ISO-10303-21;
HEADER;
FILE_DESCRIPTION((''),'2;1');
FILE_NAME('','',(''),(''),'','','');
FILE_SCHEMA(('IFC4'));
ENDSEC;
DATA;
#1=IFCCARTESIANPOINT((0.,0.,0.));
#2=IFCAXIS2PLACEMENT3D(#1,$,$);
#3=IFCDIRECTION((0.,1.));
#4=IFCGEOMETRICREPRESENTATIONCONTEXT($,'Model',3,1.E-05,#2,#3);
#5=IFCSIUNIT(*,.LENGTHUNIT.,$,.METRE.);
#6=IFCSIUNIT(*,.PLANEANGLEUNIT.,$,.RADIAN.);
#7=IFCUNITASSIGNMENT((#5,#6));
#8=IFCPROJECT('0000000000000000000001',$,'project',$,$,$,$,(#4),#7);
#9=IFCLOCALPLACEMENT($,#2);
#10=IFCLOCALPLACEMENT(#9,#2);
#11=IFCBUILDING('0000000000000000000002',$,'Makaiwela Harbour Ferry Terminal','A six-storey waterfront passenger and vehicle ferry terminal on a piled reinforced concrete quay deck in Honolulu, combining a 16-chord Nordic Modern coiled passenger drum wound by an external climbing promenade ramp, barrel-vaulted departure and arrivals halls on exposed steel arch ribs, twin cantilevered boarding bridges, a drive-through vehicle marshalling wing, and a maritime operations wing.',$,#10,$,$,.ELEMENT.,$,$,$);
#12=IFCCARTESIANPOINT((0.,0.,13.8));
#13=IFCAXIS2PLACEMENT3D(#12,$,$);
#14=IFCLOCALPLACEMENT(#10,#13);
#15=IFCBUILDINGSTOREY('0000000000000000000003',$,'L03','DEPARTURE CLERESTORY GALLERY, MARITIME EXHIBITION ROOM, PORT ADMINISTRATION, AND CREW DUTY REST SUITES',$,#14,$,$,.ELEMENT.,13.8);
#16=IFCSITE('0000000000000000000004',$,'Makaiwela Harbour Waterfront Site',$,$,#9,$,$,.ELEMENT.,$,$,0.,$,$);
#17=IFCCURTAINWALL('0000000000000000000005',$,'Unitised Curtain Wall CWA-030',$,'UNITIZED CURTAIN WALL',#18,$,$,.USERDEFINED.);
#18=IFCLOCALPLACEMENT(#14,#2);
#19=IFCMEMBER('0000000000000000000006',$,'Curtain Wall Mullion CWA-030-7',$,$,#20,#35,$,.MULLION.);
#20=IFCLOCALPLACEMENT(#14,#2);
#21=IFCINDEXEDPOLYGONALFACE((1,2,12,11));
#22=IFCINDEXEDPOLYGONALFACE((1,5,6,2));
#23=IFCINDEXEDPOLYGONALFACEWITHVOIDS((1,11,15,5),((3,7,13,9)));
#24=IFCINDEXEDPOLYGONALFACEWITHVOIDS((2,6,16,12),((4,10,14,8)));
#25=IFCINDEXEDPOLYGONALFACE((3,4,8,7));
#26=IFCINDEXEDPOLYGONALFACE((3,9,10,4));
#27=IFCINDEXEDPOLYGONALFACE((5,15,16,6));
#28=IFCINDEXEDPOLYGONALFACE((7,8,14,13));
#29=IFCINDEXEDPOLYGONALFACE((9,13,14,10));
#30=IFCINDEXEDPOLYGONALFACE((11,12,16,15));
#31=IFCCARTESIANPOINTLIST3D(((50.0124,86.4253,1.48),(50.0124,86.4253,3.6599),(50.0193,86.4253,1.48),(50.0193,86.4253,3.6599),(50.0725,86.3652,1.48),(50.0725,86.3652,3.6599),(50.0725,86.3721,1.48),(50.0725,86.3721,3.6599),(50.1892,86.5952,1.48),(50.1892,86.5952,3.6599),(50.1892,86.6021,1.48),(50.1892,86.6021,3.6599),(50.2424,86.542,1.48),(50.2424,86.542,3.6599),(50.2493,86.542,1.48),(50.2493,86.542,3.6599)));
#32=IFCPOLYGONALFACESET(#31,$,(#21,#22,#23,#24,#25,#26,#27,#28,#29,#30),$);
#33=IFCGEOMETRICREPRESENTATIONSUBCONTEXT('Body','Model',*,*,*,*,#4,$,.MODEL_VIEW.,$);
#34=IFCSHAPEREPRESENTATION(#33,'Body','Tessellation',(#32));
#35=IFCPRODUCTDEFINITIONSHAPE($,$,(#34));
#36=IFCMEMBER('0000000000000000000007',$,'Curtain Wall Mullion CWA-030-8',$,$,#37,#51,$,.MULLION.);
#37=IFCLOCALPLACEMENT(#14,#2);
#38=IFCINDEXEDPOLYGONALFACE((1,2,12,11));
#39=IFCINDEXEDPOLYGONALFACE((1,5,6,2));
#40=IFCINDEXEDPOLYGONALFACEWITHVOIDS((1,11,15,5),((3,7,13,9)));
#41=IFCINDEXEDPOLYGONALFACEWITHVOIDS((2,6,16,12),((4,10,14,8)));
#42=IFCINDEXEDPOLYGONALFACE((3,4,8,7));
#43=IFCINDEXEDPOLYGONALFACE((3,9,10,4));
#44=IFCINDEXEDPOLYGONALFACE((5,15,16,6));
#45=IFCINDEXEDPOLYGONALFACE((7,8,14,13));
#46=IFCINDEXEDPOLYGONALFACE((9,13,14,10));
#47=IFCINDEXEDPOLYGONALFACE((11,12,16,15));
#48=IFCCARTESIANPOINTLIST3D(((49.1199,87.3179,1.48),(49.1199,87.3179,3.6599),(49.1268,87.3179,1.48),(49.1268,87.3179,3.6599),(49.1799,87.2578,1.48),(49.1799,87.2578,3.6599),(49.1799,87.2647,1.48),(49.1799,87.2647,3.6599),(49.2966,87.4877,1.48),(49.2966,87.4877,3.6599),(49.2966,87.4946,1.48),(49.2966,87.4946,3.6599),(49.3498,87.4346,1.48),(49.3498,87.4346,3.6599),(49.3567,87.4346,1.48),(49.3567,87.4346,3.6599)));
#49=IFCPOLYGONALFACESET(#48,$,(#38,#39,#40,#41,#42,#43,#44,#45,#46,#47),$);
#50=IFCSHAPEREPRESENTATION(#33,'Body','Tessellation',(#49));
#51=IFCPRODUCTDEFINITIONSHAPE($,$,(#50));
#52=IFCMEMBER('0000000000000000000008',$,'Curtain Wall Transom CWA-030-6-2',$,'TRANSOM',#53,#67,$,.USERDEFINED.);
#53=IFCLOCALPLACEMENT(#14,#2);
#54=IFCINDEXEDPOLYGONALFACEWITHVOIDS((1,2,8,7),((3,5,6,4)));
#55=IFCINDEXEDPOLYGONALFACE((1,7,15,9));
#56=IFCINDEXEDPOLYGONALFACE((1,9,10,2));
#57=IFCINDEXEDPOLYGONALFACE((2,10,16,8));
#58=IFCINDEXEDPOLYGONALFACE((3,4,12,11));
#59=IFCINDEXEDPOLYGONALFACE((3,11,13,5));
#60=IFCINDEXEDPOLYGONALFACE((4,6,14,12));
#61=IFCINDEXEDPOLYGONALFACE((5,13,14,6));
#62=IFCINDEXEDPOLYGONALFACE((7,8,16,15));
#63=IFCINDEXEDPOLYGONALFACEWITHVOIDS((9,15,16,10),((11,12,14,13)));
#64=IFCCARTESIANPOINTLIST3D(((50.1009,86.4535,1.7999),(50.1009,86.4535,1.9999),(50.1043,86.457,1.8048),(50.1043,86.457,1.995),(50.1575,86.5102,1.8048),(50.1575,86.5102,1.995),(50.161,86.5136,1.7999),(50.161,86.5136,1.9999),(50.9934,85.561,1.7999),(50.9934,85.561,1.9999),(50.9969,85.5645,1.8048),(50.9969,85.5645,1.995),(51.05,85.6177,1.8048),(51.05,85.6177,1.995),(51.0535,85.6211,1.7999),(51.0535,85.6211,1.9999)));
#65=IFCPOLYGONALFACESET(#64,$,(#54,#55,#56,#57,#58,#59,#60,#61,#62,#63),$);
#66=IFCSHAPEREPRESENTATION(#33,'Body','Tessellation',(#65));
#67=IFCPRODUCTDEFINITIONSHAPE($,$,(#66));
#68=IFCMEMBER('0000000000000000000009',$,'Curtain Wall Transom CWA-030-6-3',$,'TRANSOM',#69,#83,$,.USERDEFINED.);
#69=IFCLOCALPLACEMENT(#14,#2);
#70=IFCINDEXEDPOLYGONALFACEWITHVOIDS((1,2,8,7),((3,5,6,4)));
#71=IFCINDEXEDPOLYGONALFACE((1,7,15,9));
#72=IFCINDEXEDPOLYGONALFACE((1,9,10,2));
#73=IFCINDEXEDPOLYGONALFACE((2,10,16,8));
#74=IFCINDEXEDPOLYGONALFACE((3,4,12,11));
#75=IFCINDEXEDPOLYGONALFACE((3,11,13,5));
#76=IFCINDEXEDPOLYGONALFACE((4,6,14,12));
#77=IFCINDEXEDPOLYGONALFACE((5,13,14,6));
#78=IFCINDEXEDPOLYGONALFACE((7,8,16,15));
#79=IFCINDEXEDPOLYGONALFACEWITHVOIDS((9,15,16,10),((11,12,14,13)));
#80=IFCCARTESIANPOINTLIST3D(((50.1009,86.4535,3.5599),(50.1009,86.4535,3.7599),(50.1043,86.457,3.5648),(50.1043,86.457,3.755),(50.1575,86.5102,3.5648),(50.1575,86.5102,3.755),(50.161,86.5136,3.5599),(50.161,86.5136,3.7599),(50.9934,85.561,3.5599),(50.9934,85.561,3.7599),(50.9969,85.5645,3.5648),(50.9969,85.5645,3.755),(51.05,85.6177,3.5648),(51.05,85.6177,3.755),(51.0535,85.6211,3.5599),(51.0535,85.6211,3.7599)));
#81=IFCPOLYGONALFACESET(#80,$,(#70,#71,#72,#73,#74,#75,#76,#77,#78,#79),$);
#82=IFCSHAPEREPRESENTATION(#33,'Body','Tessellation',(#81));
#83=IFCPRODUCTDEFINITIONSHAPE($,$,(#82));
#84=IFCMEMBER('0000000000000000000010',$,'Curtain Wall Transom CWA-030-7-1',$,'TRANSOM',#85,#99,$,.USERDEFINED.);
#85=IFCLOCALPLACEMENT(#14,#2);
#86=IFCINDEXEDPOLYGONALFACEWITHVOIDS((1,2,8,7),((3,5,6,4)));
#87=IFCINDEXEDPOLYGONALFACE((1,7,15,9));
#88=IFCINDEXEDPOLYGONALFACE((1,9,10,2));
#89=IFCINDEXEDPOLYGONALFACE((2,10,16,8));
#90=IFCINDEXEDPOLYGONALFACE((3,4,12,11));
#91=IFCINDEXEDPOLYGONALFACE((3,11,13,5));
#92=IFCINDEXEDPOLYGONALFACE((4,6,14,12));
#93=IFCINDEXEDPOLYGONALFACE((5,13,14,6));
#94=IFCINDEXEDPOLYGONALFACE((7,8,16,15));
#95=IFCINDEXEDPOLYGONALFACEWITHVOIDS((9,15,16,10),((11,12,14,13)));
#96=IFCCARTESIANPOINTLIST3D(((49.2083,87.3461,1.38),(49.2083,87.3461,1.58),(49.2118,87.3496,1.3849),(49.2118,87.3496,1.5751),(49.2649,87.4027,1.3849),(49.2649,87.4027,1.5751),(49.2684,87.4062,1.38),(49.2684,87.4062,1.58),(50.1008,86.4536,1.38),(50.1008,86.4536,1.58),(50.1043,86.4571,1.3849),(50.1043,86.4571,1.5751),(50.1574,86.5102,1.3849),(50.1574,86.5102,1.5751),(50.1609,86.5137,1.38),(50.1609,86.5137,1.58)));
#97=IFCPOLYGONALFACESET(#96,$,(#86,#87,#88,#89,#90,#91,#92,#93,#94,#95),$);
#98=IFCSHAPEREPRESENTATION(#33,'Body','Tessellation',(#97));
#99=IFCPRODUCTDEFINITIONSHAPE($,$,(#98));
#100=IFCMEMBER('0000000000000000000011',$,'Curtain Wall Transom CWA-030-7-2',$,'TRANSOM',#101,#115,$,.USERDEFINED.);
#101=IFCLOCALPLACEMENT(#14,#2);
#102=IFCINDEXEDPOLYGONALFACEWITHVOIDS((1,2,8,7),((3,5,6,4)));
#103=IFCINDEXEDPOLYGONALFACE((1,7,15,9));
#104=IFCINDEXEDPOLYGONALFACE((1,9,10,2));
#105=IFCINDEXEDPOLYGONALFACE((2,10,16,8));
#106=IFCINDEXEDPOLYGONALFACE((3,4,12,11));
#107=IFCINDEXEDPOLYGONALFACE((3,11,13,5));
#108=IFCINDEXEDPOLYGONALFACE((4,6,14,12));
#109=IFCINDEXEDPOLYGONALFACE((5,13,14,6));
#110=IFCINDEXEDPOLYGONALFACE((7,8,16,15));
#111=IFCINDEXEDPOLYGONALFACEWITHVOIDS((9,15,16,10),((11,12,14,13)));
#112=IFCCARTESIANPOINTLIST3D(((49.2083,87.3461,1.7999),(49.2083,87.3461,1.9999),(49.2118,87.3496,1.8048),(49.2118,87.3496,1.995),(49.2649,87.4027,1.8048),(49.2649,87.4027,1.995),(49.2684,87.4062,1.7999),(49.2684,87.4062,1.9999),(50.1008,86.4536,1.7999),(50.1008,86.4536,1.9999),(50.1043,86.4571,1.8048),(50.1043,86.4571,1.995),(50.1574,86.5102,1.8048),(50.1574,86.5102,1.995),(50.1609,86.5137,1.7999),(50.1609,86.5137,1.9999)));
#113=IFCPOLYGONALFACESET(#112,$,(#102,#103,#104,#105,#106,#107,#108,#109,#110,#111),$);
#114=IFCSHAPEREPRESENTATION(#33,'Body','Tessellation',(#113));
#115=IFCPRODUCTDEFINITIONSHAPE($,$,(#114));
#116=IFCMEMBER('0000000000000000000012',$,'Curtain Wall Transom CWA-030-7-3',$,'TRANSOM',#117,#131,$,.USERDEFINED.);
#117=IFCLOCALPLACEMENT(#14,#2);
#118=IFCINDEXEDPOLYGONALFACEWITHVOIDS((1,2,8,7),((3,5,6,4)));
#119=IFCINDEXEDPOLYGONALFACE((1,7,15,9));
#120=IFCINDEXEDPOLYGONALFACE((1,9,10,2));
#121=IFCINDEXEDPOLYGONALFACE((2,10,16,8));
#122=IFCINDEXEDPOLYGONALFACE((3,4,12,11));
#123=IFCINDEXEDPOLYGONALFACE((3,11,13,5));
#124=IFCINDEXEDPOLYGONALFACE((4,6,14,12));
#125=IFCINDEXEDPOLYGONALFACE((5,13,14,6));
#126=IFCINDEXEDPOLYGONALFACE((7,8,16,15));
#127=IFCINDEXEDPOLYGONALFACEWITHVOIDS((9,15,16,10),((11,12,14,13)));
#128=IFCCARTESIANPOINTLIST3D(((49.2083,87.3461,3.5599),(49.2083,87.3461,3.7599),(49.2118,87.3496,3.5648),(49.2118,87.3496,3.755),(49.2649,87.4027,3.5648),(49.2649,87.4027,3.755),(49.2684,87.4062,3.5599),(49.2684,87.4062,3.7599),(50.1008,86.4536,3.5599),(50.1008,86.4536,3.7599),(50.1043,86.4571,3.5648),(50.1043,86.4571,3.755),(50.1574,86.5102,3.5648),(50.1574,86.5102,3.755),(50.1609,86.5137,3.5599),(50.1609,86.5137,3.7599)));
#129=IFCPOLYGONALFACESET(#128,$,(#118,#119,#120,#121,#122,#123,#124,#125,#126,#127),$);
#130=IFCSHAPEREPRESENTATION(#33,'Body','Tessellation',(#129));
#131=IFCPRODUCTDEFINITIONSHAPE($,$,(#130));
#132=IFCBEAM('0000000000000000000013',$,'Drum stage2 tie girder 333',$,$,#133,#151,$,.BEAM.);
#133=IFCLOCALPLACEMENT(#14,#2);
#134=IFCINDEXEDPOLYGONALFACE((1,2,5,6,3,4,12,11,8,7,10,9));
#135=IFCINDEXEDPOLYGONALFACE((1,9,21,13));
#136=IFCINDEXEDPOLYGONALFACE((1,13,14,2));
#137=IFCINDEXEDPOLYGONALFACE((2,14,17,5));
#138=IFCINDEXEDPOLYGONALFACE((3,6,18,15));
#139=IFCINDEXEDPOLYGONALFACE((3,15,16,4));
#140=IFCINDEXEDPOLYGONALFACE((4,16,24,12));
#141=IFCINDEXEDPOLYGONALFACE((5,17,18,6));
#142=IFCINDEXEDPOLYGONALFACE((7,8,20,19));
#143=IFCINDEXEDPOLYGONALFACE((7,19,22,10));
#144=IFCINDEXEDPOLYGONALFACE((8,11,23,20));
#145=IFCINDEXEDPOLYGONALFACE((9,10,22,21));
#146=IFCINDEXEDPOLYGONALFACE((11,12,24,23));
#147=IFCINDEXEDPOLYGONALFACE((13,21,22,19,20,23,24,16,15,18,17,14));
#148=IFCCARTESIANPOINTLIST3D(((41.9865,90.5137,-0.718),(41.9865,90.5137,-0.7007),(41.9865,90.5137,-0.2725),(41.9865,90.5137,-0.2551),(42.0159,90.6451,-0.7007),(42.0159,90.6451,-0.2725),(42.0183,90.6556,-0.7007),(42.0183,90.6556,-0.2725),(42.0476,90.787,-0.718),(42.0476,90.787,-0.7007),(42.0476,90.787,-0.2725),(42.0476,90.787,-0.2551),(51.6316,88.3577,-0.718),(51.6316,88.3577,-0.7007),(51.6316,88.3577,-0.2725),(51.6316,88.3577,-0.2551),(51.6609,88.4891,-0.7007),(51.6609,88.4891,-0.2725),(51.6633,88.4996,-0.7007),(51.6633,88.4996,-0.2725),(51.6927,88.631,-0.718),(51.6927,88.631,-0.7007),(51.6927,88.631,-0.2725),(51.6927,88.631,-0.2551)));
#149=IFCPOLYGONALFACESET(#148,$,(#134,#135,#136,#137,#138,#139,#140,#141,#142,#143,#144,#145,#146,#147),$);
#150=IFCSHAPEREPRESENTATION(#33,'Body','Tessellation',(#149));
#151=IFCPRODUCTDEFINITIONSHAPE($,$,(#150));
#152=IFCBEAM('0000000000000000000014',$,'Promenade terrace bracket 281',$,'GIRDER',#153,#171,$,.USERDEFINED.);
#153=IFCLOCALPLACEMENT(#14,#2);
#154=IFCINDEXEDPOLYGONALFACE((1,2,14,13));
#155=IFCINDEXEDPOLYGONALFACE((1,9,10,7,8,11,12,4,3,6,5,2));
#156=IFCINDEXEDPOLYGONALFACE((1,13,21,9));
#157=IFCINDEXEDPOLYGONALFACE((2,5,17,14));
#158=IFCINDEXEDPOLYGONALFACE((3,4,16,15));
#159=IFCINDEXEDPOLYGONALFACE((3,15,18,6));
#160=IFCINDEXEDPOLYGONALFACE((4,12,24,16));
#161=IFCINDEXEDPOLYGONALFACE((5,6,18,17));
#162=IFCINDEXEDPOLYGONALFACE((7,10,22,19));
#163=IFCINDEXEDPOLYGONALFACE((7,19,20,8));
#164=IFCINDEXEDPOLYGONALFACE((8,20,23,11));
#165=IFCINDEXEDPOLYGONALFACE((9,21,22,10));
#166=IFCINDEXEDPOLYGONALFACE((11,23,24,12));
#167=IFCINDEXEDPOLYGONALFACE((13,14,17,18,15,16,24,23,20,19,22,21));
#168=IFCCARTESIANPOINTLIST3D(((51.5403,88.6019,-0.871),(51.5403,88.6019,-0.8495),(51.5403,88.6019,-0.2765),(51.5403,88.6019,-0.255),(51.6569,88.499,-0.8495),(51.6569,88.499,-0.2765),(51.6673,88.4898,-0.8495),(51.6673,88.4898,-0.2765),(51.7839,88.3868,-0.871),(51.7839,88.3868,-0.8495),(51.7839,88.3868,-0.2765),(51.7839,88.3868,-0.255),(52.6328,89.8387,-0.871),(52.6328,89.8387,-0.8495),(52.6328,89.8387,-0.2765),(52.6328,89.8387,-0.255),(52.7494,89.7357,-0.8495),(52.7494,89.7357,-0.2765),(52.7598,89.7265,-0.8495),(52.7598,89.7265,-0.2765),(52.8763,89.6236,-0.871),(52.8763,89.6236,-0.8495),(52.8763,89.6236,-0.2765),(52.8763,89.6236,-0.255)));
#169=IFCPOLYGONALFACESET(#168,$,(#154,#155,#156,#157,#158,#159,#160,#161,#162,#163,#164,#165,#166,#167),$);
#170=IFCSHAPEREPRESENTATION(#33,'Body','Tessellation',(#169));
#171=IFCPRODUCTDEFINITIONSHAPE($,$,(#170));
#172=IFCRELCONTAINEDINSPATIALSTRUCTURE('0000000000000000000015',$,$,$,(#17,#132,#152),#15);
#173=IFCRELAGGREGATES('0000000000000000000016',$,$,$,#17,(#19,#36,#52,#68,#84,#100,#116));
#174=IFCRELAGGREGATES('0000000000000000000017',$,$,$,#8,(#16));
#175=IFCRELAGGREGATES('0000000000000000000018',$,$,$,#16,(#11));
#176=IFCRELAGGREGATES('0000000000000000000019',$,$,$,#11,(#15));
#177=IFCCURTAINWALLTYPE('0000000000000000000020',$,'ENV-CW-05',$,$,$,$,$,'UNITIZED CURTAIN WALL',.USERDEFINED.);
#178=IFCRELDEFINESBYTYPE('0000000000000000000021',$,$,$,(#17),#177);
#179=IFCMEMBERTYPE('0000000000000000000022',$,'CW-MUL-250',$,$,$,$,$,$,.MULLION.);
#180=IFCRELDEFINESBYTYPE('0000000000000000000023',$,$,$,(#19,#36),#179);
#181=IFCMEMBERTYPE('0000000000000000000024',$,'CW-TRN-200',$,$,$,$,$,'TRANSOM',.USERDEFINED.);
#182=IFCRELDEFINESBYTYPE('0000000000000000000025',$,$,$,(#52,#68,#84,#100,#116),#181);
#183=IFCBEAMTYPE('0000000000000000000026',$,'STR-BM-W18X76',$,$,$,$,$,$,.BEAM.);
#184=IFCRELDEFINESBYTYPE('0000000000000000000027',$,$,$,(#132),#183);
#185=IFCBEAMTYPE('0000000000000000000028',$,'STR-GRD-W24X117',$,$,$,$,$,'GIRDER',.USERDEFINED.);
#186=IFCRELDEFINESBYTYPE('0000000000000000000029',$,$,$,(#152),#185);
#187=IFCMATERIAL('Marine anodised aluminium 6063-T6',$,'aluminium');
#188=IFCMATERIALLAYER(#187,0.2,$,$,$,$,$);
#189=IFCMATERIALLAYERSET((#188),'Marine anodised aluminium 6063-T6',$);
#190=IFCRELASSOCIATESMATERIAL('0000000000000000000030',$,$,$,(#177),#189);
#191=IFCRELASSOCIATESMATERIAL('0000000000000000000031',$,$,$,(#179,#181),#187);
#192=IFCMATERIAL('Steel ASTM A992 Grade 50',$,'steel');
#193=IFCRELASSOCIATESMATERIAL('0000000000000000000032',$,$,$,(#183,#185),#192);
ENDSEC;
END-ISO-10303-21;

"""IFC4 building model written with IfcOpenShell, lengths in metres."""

from ifc_helpers import new_model, si_unit, direction, frame, origin, origin_2d, place, context, subcontext, project, spatial, hollow_rectangle, i_section, extrude, material, layer, layer_set, material_profile, profile_set, type_object, element, aggregate, save


model = new_model("IFC4")

# Units and contexts
model_context = context("Model", 3, precision=1e-05, world=origin(), true_north=direction((0.0, 1.0)))
body_context = subcontext(model_context, "Body", "Model", "MODEL_VIEW")
ifc_project = project(units=[si_unit("LENGTHUNIT", "METRE"), si_unit("PLANEANGLEUNIT", "RADIAN")], contexts=[model_context])

# Site, building, storey
site_placement = place(None, origin())
site = spatial("IfcSite", under=ifc_project, at=site_placement, Name="Makaiwela Harbour Waterfront Site", CompositionType="ELEMENT", RefElevation=0.0)
building_placement = place(site_placement, origin())
building = spatial("IfcBuilding", under=site, at=building_placement, Name="Makaiwela Harbour Ferry Terminal", Description="A six-storey waterfront passenger and vehicle ferry terminal on a piled reinforced concrete quay deck in Honolulu, combining a 16-chord Nordic Modern coiled passenger drum wound by an external climbing promenade ramp, barrel-vaulted departure and arrivals halls on exposed steel arch ribs, twin cantilevered boarding bridges, a drive-through vehicle marshalling wing, and a maritime operations wing.", CompositionType="ELEMENT")
storey_placement = place(building_placement, frame((0.0, 0.0, 13.8)))
storey = spatial("IfcBuildingStorey", under=building, at=storey_placement, Name="L03", Description="DEPARTURE CLERESTORY GALLERY, MARITIME EXHIBITION ROOM, PORT ADMINISTRATION, AND CREW DUTY REST SUITES", CompositionType="ELEMENT", Elevation=13.8)

# Curtain wall, members
ifc_material_1 = material(Name="Marine anodised aluminium 6063-T6", Category="aluminium")
ifc_layer_1 = layer(ifc_material_1, 0.2)
ifc_layer_set_1 = layer_set([ifc_layer_1], Name="Marine anodised aluminium 6063-T6")
curtain_wall_type = type_object("IfcCurtainWallType", Name="ENV-CW-05", ElementType="UNITIZED CURTAIN WALL", PredefinedType="USERDEFINED", material=ifc_layer_set_1)
curtain_wall_placement = place(storey_placement, origin())
curtain_wall = element("IfcCurtainWall", 1, at=curtain_wall_placement, inside=storey, type_object=curtain_wall_type, Name="Unitised Curtain Wall CWA-030", ObjectType="UNITIZED CURTAIN WALL", PredefinedType="USERDEFINED")
ifc_material_profile_1 = material_profile(ifc_material_1, hollow_rectangle(XDim=0.085, YDim=0.25, WallThickness=0.0049, at=origin_2d()), Name="CWM-250X85")
ifc_profile_set_1 = profile_set([ifc_material_profile_1], Name="Marine anodised aluminium 6063-T6")
member_type_1 = type_object("IfcMemberType", Name="CW-MUL-250", PredefinedType="MULLION", material=ifc_profile_set_1)
member_1_placement = place(storey_placement, frame((50.1309, 86.4836, 1.48), z_axis=(0.0, 0.0, 1.0), x_axis=(-0.707107, 0.707107, 0.0)))
member_1 = element("IfcMember", 2, at=member_1_placement, type_object=member_type_1, Name="Curtain Wall Mullion CWA-030-7", PredefinedType="MULLION", context=body_context, shape_type="SweptSolid", body=[
    extrude(hollow_rectangle(XDim=0.085, YDim=0.25, WallThickness=0.0049, at=origin_2d()), origin(), (0.0, 0.0, 1.0), 2.1799),
])
member_2_placement = place(storey_placement, frame((49.2383, 87.3762, 1.48), z_axis=(0.0, 0.0, 1.0), x_axis=(-0.707107, 0.707107, 0.0)))
member_2 = element("IfcMember", 3, at=member_2_placement, type_object=member_type_1, Name="Curtain Wall Mullion CWA-030-8", PredefinedType="MULLION", context=body_context, shape_type="SweptSolid", body=[
    extrude(hollow_rectangle(XDim=0.085, YDim=0.25, WallThickness=0.0049, at=origin_2d()), origin(), (0.0, 0.0, 1.0), 2.1799),
])
ifc_material_profile_2 = material_profile(ifc_material_1, hollow_rectangle(XDim=0.085, YDim=0.2, WallThickness=0.0049, at=origin_2d()), Name="CWT-200X85")
ifc_profile_set_2 = profile_set([ifc_material_profile_2], Name="Marine anodised aluminium 6063-T6")
member_type_2 = type_object("IfcMemberType", Name="CW-TRN-200", ElementType="TRANSOM", PredefinedType="USERDEFINED", material=ifc_profile_set_2)
member_3_placement = place(storey_placement, frame((51.0234, 85.5911, 1.8999), z_axis=(-0.707107, 0.707107, 0.0), x_axis=(-0.707107, -0.707107, 0.0)))
member_3 = element("IfcMember", 4, at=member_3_placement, type_object=member_type_2, Name="Curtain Wall Transom CWA-030-6-2", ObjectType="TRANSOM", PredefinedType="USERDEFINED", context=body_context, shape_type="SweptSolid", body=[
    extrude(hollow_rectangle(XDim=0.085, YDim=0.2, WallThickness=0.0049, at=origin_2d()), origin(), (0.0, 0.0, 1.0), 1.2622),
])
member_4_placement = place(storey_placement, frame((51.0234, 85.5911, 3.6599), z_axis=(-0.707107, 0.707107, 0.0), x_axis=(-0.707107, -0.707107, 0.0)))
member_4 = element("IfcMember", 5, at=member_4_placement, type_object=member_type_2, Name="Curtain Wall Transom CWA-030-6-3", ObjectType="TRANSOM", PredefinedType="USERDEFINED", context=body_context, shape_type="SweptSolid", body=[
    extrude(hollow_rectangle(XDim=0.085, YDim=0.2, WallThickness=0.0049, at=origin_2d()), origin(), (0.0, 0.0, 1.0), 1.2622),
])
member_5_placement = place(storey_placement, frame((50.1309, 86.4836, 1.48), z_axis=(-0.707107, 0.707107, 0.0), x_axis=(-0.707107, -0.707107, 0.0)))
member_5 = element("IfcMember", 6, at=member_5_placement, type_object=member_type_2, Name="Curtain Wall Transom CWA-030-7-1", ObjectType="TRANSOM", PredefinedType="USERDEFINED", context=body_context, shape_type="SweptSolid", body=[
    extrude(hollow_rectangle(XDim=0.085, YDim=0.2, WallThickness=0.0049, at=origin_2d()), origin(), (0.0, 0.0, 1.0), 1.2622),
])
member_6_placement = place(storey_placement, frame((50.1309, 86.4836, 1.8999), z_axis=(-0.707107, 0.707107, 0.0), x_axis=(-0.707107, -0.707107, 0.0)))
member_6 = element("IfcMember", 7, at=member_6_placement, type_object=member_type_2, Name="Curtain Wall Transom CWA-030-7-2", ObjectType="TRANSOM", PredefinedType="USERDEFINED", context=body_context, shape_type="SweptSolid", body=[
    extrude(hollow_rectangle(XDim=0.085, YDim=0.2, WallThickness=0.0049, at=origin_2d()), origin(), (0.0, 0.0, 1.0), 1.2622),
])
member_7_placement = place(storey_placement, frame((50.1309, 86.4836, 3.6599), z_axis=(-0.707107, 0.707107, 0.0), x_axis=(-0.707107, -0.707107, 0.0)))
member_7 = element("IfcMember", 8, at=member_7_placement, type_object=member_type_2, Name="Curtain Wall Transom CWA-030-7-3", ObjectType="TRANSOM", PredefinedType="USERDEFINED", context=body_context, shape_type="SweptSolid", body=[
    extrude(hollow_rectangle(XDim=0.085, YDim=0.2, WallThickness=0.0049, at=origin_2d()), origin(), (0.0, 0.0, 1.0), 1.2622),
])

# Beams
ifc_material_2 = material(Name="Steel ASTM A992 Grade 50", Category="steel")
ifc_material_profile_3 = material_profile(ifc_material_2, i_section(OverallWidth=0.28, OverallDepth=0.4629, WebThickness=0.0107, FlangeThickness=0.0173, at=origin_2d()), Name="W18X76")
ifc_profile_set_3 = profile_set([ifc_material_profile_3], Name="Steel ASTM A992 Grade 50")
beam_type_1 = type_object("IfcBeamType", Name="STR-BM-W18X76", PredefinedType="BEAM", material=ifc_profile_set_3)
beam_1_placement = place(storey_placement, frame((51.6621, 88.4944, -0.4866), z_axis=(-0.975915, 0.218152, 0.0), x_axis=(-0.218152, -0.975915, 0.0)))
element("IfcBeam", 9, at=beam_1_placement, inside=storey, type_object=beam_type_1, Name="Drum stage2 tie girder 333", PredefinedType="BEAM", context=body_context, shape_type="SweptSolid", body=[
    extrude(i_section(OverallWidth=0.28, OverallDepth=0.4629, WebThickness=0.0107, FlangeThickness=0.0173, at=origin_2d()), origin(), (0.0, 0.0, 1.0), 9.8831),
])
ifc_material_profile_4 = material_profile(ifc_material_2, i_section(OverallWidth=0.325, OverallDepth=0.616, WebThickness=0.0139, FlangeThickness=0.0215, at=origin_2d()), Name="W24X117")
ifc_profile_set_4 = profile_set([ifc_material_profile_4], Name="Steel ASTM A992 Grade 50")
beam_type_2 = type_object("IfcBeamType", Name="STR-GRD-W24X117", ElementType="GIRDER", PredefinedType="USERDEFINED", material=ifc_profile_set_4)
beam_2_placement = place(storey_placement, frame((51.6621, 88.4944, -0.563), z_axis=(0.662037, 0.749471, 0.0), x_axis=(-0.749471, 0.662037, 0.0)))
element("IfcBeam", 10, at=beam_2_placement, inside=storey, type_object=beam_type_2, Name="Promenade terrace bracket 281", ObjectType="GIRDER", PredefinedType="USERDEFINED", context=body_context, shape_type="SweptSolid", body=[
    extrude(i_section(OverallWidth=0.325, OverallDepth=0.616, WebThickness=0.0139, FlangeThickness=0.0215, at=origin_2d()), origin(), (0.0, 0.0, 1.0), 1.6501),
])

aggregate(curtain_wall, [member_1, member_2, member_3, member_4, member_5, member_6, member_7])

save(model, "model.ifc")
